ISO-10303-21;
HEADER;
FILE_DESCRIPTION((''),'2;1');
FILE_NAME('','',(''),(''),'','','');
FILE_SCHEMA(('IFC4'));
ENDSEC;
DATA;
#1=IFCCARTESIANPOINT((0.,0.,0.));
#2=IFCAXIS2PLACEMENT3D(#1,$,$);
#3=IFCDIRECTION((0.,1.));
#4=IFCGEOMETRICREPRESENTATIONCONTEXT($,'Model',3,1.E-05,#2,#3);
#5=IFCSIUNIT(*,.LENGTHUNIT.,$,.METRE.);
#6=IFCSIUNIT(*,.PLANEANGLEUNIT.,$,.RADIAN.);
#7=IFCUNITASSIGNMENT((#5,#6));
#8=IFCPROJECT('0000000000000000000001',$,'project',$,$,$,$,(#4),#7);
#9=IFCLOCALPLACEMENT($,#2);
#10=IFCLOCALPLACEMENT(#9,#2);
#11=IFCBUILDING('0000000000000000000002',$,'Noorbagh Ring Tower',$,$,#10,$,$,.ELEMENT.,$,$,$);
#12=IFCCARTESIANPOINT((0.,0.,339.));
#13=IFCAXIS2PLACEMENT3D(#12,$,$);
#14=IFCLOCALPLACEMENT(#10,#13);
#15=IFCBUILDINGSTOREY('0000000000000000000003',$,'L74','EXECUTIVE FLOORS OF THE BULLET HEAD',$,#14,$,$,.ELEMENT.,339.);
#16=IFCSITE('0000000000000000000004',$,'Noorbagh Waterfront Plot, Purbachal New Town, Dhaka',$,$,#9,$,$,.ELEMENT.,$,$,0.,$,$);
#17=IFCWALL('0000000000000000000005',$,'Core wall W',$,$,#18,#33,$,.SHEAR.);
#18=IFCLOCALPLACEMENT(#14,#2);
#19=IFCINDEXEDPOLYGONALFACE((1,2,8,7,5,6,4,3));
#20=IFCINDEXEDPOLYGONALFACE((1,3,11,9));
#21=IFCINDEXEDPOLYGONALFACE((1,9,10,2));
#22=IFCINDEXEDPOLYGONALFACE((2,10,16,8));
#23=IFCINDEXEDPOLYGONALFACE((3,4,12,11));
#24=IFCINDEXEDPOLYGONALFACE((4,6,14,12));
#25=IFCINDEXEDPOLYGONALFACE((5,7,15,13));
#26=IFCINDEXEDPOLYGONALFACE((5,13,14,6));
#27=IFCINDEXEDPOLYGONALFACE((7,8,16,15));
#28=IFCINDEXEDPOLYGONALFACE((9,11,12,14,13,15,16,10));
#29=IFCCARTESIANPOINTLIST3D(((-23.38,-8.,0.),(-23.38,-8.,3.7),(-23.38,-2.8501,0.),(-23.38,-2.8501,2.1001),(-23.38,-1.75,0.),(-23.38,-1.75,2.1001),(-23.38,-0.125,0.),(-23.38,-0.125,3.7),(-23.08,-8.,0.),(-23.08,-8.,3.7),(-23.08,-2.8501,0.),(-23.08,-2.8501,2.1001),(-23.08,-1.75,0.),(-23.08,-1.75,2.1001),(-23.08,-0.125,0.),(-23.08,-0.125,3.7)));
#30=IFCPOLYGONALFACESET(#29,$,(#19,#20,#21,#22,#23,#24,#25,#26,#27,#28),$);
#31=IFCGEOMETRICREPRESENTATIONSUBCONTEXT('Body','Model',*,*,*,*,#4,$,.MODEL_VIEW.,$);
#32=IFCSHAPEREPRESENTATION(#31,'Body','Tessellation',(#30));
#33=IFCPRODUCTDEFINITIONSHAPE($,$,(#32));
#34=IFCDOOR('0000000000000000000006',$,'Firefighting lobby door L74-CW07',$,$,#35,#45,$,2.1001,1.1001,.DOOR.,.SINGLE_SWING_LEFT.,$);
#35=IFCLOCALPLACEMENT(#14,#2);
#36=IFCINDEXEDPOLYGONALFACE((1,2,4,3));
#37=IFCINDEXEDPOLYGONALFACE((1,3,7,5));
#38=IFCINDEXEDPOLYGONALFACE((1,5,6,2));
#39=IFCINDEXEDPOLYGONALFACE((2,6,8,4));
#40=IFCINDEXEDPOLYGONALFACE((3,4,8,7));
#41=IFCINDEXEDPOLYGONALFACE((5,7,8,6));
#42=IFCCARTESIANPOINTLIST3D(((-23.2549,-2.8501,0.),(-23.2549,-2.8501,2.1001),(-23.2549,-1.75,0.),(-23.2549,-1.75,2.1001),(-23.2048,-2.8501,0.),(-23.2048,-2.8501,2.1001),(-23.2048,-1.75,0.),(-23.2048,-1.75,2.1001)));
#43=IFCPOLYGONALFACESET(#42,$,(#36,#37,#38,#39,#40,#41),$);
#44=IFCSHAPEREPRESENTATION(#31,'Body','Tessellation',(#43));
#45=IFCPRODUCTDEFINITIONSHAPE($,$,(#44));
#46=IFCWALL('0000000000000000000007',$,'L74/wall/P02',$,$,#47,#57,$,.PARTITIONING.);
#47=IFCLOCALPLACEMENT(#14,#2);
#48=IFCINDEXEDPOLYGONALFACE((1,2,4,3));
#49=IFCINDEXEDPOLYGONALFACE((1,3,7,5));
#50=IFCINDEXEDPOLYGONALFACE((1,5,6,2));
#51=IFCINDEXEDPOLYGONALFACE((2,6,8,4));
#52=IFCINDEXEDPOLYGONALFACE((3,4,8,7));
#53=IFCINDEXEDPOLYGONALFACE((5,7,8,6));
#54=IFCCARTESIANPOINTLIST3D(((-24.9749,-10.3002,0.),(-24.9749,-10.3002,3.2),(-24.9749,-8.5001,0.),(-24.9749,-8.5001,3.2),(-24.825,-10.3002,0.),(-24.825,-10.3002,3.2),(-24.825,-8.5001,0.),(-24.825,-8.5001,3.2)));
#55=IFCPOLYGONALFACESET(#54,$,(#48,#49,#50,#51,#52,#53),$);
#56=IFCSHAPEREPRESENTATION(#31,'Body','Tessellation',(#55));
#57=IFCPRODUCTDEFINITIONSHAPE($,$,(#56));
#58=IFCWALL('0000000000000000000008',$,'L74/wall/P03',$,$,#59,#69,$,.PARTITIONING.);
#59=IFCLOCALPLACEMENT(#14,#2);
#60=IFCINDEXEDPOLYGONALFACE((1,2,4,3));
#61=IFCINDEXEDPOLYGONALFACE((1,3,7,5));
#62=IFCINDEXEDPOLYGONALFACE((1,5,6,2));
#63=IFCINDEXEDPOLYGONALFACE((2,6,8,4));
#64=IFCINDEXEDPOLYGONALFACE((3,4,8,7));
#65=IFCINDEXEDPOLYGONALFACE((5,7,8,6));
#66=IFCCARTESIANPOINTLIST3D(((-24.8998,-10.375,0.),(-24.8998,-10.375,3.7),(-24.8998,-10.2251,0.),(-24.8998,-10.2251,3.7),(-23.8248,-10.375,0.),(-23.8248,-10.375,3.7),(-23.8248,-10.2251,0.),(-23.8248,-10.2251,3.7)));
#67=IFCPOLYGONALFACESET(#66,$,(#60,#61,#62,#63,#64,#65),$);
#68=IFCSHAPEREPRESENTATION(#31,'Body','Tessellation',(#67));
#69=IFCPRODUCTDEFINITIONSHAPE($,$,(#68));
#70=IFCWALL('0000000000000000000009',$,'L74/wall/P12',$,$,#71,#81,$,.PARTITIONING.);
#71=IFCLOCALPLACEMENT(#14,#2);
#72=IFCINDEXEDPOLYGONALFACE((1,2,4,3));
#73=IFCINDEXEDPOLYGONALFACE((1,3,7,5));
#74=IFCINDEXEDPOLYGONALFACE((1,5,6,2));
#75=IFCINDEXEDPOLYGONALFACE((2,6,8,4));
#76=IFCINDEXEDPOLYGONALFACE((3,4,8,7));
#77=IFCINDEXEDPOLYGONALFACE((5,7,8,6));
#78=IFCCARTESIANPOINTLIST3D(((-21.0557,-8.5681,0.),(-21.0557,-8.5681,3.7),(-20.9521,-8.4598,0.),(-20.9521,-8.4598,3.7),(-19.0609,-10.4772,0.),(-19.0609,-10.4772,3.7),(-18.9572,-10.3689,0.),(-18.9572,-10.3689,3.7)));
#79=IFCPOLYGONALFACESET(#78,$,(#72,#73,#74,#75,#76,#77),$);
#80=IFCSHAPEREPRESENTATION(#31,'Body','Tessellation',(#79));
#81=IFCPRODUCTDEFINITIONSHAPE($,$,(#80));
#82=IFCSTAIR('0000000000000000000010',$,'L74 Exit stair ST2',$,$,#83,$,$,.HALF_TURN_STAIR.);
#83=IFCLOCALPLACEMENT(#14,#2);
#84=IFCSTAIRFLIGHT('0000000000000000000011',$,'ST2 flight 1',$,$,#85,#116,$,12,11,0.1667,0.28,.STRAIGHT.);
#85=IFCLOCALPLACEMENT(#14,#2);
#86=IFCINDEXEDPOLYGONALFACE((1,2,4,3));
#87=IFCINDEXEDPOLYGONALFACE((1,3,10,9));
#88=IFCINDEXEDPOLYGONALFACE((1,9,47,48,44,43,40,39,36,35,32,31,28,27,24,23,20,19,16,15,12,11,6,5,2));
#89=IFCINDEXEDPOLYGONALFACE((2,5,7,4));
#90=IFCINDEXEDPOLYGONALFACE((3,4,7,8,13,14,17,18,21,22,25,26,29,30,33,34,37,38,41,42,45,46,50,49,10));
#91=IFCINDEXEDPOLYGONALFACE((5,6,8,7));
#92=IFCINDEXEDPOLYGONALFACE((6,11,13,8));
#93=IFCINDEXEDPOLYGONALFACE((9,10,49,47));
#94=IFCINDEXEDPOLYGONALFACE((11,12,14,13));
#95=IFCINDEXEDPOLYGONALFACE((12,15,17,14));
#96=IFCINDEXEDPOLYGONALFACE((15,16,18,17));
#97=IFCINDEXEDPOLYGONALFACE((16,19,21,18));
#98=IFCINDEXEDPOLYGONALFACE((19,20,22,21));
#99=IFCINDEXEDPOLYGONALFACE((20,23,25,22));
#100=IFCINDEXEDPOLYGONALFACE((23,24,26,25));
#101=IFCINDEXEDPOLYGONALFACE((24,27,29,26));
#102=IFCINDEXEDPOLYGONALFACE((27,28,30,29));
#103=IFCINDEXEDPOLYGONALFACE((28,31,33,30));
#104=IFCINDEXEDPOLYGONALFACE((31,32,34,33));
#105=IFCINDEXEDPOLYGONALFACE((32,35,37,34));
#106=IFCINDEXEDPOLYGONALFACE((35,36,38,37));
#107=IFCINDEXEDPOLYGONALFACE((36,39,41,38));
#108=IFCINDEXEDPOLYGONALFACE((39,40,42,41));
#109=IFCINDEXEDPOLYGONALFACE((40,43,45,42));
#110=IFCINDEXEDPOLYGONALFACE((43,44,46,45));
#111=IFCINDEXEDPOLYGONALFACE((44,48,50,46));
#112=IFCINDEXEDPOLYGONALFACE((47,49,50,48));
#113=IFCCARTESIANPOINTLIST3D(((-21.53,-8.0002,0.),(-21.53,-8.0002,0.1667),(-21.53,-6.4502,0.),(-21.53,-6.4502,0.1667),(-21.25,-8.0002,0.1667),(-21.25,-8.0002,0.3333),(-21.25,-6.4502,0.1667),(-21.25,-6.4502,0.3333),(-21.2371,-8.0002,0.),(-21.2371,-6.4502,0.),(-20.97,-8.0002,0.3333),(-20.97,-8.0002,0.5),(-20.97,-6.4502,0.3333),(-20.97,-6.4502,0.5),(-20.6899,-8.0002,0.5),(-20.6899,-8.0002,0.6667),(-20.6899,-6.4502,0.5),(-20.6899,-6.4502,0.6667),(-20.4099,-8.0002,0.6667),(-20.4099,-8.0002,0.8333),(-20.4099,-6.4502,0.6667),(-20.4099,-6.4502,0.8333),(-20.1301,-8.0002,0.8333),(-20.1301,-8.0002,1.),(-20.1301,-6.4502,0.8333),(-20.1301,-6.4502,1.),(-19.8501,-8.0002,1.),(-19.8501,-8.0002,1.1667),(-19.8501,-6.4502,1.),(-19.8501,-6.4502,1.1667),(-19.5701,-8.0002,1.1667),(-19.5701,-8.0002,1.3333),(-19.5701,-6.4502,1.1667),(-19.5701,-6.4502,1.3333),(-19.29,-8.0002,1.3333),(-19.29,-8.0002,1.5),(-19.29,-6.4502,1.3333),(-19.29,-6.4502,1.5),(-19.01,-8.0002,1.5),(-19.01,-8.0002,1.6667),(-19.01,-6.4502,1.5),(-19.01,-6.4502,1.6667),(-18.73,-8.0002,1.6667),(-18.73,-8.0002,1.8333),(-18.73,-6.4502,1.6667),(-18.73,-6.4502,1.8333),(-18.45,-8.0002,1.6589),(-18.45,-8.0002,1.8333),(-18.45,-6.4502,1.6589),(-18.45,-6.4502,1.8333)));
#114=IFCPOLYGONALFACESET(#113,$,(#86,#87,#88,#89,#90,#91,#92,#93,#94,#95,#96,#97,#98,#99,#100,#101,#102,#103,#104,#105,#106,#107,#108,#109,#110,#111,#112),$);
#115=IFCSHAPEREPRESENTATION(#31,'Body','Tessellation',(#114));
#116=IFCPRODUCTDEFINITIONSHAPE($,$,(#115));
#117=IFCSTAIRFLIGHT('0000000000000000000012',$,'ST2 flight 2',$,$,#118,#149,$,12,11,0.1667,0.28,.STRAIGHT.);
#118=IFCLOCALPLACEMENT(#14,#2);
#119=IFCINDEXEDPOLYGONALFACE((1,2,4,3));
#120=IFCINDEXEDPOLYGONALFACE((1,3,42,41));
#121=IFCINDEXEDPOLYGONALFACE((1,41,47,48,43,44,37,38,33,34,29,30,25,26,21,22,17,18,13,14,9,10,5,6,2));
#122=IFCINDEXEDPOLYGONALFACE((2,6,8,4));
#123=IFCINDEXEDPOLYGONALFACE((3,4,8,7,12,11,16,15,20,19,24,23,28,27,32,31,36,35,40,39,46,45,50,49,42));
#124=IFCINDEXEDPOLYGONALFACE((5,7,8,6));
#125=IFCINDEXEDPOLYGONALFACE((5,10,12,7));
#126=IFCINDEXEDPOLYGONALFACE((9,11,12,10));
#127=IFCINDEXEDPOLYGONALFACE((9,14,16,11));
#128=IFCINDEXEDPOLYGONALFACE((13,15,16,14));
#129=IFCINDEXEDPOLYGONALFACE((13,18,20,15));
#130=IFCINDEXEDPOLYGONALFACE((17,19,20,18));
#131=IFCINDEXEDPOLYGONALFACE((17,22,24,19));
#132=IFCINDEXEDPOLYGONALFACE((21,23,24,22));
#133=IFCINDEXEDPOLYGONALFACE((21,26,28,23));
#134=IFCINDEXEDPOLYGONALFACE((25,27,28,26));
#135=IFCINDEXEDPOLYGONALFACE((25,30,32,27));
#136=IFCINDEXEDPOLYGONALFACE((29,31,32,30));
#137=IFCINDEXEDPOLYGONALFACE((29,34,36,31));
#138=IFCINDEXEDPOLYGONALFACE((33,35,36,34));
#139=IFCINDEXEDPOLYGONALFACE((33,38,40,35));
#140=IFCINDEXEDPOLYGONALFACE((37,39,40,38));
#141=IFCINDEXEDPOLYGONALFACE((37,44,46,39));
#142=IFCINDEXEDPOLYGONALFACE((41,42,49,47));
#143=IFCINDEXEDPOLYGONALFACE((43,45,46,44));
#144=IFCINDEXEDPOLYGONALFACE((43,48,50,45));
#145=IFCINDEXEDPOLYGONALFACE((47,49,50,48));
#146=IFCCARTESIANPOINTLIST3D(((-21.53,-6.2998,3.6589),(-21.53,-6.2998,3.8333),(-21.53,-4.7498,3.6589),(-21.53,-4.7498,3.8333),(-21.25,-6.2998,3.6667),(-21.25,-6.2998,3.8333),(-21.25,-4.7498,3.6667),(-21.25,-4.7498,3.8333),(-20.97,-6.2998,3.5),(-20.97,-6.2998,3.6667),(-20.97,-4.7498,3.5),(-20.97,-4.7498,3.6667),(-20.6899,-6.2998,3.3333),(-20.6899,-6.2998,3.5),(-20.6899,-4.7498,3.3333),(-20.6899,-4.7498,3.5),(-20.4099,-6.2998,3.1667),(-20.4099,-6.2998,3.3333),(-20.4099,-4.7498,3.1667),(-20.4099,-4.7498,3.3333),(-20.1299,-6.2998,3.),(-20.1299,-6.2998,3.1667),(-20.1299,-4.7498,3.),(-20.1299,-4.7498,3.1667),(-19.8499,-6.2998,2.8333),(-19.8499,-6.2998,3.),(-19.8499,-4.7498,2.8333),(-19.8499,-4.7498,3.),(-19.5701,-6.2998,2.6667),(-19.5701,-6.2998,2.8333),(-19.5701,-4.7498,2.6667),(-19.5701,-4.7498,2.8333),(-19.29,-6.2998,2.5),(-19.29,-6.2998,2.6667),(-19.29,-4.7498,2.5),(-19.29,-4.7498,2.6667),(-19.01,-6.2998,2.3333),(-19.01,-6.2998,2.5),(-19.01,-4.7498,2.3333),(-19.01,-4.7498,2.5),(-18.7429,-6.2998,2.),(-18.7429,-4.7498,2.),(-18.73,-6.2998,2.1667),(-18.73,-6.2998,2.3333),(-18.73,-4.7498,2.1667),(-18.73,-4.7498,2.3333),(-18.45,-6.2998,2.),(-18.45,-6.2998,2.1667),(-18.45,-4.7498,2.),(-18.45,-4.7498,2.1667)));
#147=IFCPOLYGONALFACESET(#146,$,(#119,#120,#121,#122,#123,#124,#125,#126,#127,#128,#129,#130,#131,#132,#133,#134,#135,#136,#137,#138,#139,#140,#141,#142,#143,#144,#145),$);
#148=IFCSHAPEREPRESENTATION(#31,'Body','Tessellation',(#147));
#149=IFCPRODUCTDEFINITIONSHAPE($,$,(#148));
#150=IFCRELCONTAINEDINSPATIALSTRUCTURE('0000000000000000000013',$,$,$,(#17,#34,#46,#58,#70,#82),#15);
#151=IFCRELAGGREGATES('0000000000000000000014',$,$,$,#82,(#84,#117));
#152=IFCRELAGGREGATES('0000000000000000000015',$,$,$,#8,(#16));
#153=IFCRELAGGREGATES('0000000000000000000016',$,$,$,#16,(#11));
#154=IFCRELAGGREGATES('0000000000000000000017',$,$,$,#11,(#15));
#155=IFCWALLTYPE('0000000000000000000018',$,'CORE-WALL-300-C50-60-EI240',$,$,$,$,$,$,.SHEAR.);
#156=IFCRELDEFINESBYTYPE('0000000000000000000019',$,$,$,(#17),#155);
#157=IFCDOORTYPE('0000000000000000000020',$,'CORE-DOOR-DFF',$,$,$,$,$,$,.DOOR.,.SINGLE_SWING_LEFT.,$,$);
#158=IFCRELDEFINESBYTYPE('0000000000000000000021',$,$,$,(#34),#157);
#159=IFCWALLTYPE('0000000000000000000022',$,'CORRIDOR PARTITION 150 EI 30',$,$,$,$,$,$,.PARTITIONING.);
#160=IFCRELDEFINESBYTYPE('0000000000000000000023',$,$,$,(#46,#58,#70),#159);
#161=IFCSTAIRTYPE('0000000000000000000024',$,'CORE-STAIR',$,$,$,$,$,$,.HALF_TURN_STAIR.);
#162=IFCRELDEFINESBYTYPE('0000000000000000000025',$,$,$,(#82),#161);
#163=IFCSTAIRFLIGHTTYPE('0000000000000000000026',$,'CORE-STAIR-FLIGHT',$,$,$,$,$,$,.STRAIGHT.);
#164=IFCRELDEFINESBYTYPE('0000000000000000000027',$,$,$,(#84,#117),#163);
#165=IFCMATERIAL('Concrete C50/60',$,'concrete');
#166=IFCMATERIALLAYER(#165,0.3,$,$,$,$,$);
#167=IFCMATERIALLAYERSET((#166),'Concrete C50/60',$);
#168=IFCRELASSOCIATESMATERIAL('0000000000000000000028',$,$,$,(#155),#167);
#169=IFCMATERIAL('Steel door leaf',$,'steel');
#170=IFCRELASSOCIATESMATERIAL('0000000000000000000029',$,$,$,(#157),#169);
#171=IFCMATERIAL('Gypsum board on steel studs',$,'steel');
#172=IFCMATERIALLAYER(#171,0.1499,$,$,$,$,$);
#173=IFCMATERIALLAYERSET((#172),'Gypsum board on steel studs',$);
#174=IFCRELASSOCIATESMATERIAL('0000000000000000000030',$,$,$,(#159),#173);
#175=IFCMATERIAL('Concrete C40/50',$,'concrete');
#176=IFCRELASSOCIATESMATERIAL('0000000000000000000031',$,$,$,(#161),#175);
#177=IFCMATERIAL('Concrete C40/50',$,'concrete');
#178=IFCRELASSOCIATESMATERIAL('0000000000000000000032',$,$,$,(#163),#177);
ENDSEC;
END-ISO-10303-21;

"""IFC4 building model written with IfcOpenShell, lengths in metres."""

from ifc_helpers import new_model, si_unit, direction, frame, frame_2d, origin, place, context, subcontext, project, spatial, polyline, rectangle, outline, extrude, material, layer, layer_set, type_object, element, fill, aggregate, save


model = new_model("IFC4")

# Units and contexts
model_context = context("Model", 3, precision=1e-05, world=origin(), true_north=direction((0.0, 1.0)))
body_context = subcontext(model_context, "Body", "Model", "MODEL_VIEW")
ifc_project = project(units=[si_unit("LENGTHUNIT", "METRE"), si_unit("PLANEANGLEUNIT", "RADIAN")], contexts=[model_context])

# Site, building, storey
site_placement = place(None, origin())
site = spatial("IfcSite", under=ifc_project, at=site_placement, Name="Noorbagh Waterfront Plot, Purbachal New Town, Dhaka", CompositionType="ELEMENT", RefElevation=0.0)
building_placement = place(site_placement, origin())
building = spatial("IfcBuilding", under=site, at=building_placement, Name="Noorbagh Ring Tower", CompositionType="ELEMENT")
storey_placement = place(building_placement, frame((0.0, 0.0, 339.0)))
storey = spatial("IfcBuildingStorey", under=building, at=storey_placement, Name="L74", Description="EXECUTIVE FLOORS OF THE BULLET HEAD", CompositionType="ELEMENT", Elevation=339.0)

# Wall, opening, door
ifc_material_1 = material(Name="Concrete C50/60", Category="concrete")
ifc_layer_1 = layer(ifc_material_1, 0.3)
ifc_layer_set_1 = layer_set([ifc_layer_1], Name="Concrete C50/60")
wall_type_1 = type_object("IfcWallType", Name="CORE-WALL-300-C50-60-EI240", PredefinedType="SHEAR", material=ifc_layer_set_1)
wall_1_placement = place(storey_placement, frame((-23.23, -8.0, 0.0), z_axis=(0.0, 0.0, 1.0), x_axis=(0.0, 1.0, 0.0)))
wall_1 = element("IfcWall", 1, at=wall_1_placement, inside=storey, type_object=wall_type_1, Name="Core wall W", PredefinedType="SHEAR", context=body_context, shape_type="SweptSolid", body=[
    extrude(rectangle(XDim=7.875, YDim=0.3, at=frame_2d((3.9375, 0.0))), origin(), (0.0, 0.0, 1.0), 3.7),
])
opening_1_placement = place(wall_1_placement, frame((5.1499, 0.0, 0.0)))
opening_1 = element("IfcOpeningElement", 2, at=opening_1_placement, cuts=wall_1, PredefinedType="OPENING", context=body_context, shape_type="SweptSolid", body=[
    extrude(rectangle(XDim=1.1001, YDim=2.1001, at=frame_2d((0.55, 1.05))), frame((0.0, 0.1602, 0.0), z_axis=(0.0, -1.0, 0.0), x_axis=(1.0, 0.0, 0.0)), (0.0, 0.0, 1.0), 0.3201),
])
ifc_material_2 = material(Name="Steel door leaf", Category="steel")
door_type_1 = type_object("IfcDoorType", Name="CORE-DOOR-DFF", OperationType="SINGLE_SWING_LEFT", PredefinedType="DOOR", material=ifc_material_2)
door_1_placement = place(opening_1_placement, origin())
door_1 = element("IfcDoor", 3, at=door_1_placement, inside=storey, type_object=door_type_1, Name="Firefighting lobby door L74-CW07", OperationType="SINGLE_SWING_LEFT", OverallHeight=2.1001, OverallWidth=1.1001, PredefinedType="DOOR", context=body_context, shape_type="SweptSolid", body=[
    extrude(rectangle(XDim=1.1001, YDim=2.1001, at=frame_2d((0.55, 1.05))), frame((0.0, 0.0249, 0.0), z_axis=(0.0, -1.0, 0.0), x_axis=(1.0, 0.0, 0.0)), (0.0, 0.0, 1.0), 0.05),
])
fill(opening_1, door_1)

# Walls
ifc_material_3 = material(Name="Gypsum board on steel studs", Category="steel")
ifc_layer_2 = layer(ifc_material_3, 0.1499)
ifc_layer_set_2 = layer_set([ifc_layer_2], Name="Gypsum board on steel studs")
wall_type_2 = type_object("IfcWallType", Name="CORRIDOR PARTITION 150 EI 30", PredefinedType="PARTITIONING", material=ifc_layer_set_2)
wall_2_placement = place(storey_placement, frame((-24.8999, -10.3, 0.0), z_axis=(0.0, 0.0, 1.0), x_axis=(0.0, 1.0, 0.0)))
element("IfcWall", 4, at=wall_2_placement, inside=storey, type_object=wall_type_2, Name="L74/wall/P02", PredefinedType="PARTITIONING", context=body_context, shape_type="SweptSolid", body=[
    extrude(rectangle(XDim=1.8, YDim=0.1499, at=frame_2d((0.8999, 0.0))), origin(), (0.0, 0.0, 1.0), 3.2),
])
wall_3_placement = place(storey_placement, frame((-24.8999, -10.3, 0.0), z_axis=(0.0, 0.0, 1.0), x_axis=(1.0, 0.0, 0.0)))
element("IfcWall", 5, at=wall_3_placement, inside=storey, type_object=wall_type_2, Name="L74/wall/P03", PredefinedType="PARTITIONING", context=body_context, shape_type="SweptSolid", body=[
    extrude(rectangle(XDim=1.075, YDim=0.1499, at=frame_2d((0.5376, 0.0))), origin(), (0.0, 0.0, 1.0), 3.7),
])
wall_4_placement = place(storey_placement, frame((-21.0039, -8.5139, 0.0), z_axis=(0.0, 0.0, 1.0), x_axis=(0.722454, -0.691419, 0.0)))
element("IfcWall", 6, at=wall_4_placement, inside=storey, type_object=wall_type_2, Name="L74/wall/P12", PredefinedType="PARTITIONING", context=body_context, shape_type="SweptSolid", body=[
    extrude(rectangle(XDim=2.7612, YDim=0.1499, at=frame_2d((1.3806, 0.0))), origin(), (0.0, 0.0, 1.0), 3.7),
])

# Stair, stair flights
ifc_material_4 = material(Name="Concrete C40/50", Category="concrete")
stair_type = type_object("IfcStairType", Name="CORE-STAIR", PredefinedType="HALF_TURN_STAIR", material=ifc_material_4)
stair_placement = place(storey_placement, origin())
stair = element("IfcStair", 7, at=stair_placement, inside=storey, type_object=stair_type, Name="L74 Exit stair ST2", PredefinedType="HALF_TURN_STAIR")
ifc_material_5 = material(Name="Concrete C40/50", Category="concrete")
stair_flight_type = type_object("IfcStairFlightType", Name="CORE-STAIR-FLIGHT", PredefinedType="STRAIGHT", material=ifc_material_5)
stair_flight_1_placement = place(storey_placement, frame((-21.53, -7.2251, 0.0), z_axis=(0.0, 0.0, 1.0), x_axis=(1.0, 0.0, 0.0)))
stair_flight_1 = element("IfcStairFlight", 8, at=stair_flight_1_placement, type_object=stair_flight_type, Name="ST2 flight 1", NumberOfRisers=12, NumberOfTreads=11, PredefinedType="STRAIGHT", RiserHeight=0.1667, TreadLength=0.28, context=body_context, shape_type="SweptSolid", body=[
    extrude(outline(polyline([(0.0, 0.0), (0.0, 0.1667), (0.28, 0.1667), (0.28, 0.3333), (0.5601, 0.3333), (0.5601, 0.5), (0.8401, 0.5), (0.8401, 0.6667), (1.1201, 0.6667), (1.1201, 0.8333), (1.3999, 0.8333), (1.3999, 1.0), (1.6799, 1.0), (1.6799, 1.1667), (1.96, 1.1667), (1.96, 1.3333), (2.24, 1.3333), (2.24, 1.5), (2.52, 1.5), (2.52, 1.6667), (2.8, 1.6667), (2.8, 1.8333), (3.0801, 1.8333), (3.0801, 2.0), (3.0801, 1.6589), (0.293, 0.0), (0.0, 0.0)])), frame((0.0, 0.7749, 0.0), z_axis=(0.0, -1.0, 0.0), x_axis=(1.0, 0.0, 0.0)), (0.0, 0.0, 1.0), 1.55),
])
stair_flight_2_placement = place(storey_placement, frame((-18.45, -5.5249, 2.0), z_axis=(0.0, 0.0, 1.0), x_axis=(-1.0, 0.0, 0.0)))
stair_flight_2 = element("IfcStairFlight", 9, at=stair_flight_2_placement, type_object=stair_flight_type, Name="ST2 flight 2", NumberOfRisers=12, NumberOfTreads=11, PredefinedType="STRAIGHT", RiserHeight=0.1667, TreadLength=0.28, context=body_context, shape_type="SweptSolid", body=[
    extrude(outline(polyline([(0.0, 0.0), (0.0, 0.1667), (0.28, 0.1667), (0.28, 0.3333), (0.5601, 0.3333), (0.5601, 0.5), (0.8401, 0.5), (0.8401, 0.6667), (1.1201, 0.6667), (1.1201, 0.8333), (1.3999, 0.8333), (1.3999, 1.0), (1.6799, 1.0), (1.6799, 1.1667), (1.96, 1.1667), (1.96, 1.3333), (2.24, 1.3333), (2.24, 1.5), (2.52, 1.5), (2.52, 1.6667), (2.8, 1.6667), (2.8, 1.8333), (3.0801, 1.8333), (3.0801, 2.0), (3.0801, 1.6589), (0.293, 0.0), (0.0, 0.0)])), frame((0.0, 0.7749, 0.0), z_axis=(0.0, -1.0, 0.0), x_axis=(1.0, 0.0, 0.0)), (0.0, 0.0, 1.0), 1.55),
])
aggregate(stair, [stair_flight_1, stair_flight_2])

save(model, "model.ifc")
